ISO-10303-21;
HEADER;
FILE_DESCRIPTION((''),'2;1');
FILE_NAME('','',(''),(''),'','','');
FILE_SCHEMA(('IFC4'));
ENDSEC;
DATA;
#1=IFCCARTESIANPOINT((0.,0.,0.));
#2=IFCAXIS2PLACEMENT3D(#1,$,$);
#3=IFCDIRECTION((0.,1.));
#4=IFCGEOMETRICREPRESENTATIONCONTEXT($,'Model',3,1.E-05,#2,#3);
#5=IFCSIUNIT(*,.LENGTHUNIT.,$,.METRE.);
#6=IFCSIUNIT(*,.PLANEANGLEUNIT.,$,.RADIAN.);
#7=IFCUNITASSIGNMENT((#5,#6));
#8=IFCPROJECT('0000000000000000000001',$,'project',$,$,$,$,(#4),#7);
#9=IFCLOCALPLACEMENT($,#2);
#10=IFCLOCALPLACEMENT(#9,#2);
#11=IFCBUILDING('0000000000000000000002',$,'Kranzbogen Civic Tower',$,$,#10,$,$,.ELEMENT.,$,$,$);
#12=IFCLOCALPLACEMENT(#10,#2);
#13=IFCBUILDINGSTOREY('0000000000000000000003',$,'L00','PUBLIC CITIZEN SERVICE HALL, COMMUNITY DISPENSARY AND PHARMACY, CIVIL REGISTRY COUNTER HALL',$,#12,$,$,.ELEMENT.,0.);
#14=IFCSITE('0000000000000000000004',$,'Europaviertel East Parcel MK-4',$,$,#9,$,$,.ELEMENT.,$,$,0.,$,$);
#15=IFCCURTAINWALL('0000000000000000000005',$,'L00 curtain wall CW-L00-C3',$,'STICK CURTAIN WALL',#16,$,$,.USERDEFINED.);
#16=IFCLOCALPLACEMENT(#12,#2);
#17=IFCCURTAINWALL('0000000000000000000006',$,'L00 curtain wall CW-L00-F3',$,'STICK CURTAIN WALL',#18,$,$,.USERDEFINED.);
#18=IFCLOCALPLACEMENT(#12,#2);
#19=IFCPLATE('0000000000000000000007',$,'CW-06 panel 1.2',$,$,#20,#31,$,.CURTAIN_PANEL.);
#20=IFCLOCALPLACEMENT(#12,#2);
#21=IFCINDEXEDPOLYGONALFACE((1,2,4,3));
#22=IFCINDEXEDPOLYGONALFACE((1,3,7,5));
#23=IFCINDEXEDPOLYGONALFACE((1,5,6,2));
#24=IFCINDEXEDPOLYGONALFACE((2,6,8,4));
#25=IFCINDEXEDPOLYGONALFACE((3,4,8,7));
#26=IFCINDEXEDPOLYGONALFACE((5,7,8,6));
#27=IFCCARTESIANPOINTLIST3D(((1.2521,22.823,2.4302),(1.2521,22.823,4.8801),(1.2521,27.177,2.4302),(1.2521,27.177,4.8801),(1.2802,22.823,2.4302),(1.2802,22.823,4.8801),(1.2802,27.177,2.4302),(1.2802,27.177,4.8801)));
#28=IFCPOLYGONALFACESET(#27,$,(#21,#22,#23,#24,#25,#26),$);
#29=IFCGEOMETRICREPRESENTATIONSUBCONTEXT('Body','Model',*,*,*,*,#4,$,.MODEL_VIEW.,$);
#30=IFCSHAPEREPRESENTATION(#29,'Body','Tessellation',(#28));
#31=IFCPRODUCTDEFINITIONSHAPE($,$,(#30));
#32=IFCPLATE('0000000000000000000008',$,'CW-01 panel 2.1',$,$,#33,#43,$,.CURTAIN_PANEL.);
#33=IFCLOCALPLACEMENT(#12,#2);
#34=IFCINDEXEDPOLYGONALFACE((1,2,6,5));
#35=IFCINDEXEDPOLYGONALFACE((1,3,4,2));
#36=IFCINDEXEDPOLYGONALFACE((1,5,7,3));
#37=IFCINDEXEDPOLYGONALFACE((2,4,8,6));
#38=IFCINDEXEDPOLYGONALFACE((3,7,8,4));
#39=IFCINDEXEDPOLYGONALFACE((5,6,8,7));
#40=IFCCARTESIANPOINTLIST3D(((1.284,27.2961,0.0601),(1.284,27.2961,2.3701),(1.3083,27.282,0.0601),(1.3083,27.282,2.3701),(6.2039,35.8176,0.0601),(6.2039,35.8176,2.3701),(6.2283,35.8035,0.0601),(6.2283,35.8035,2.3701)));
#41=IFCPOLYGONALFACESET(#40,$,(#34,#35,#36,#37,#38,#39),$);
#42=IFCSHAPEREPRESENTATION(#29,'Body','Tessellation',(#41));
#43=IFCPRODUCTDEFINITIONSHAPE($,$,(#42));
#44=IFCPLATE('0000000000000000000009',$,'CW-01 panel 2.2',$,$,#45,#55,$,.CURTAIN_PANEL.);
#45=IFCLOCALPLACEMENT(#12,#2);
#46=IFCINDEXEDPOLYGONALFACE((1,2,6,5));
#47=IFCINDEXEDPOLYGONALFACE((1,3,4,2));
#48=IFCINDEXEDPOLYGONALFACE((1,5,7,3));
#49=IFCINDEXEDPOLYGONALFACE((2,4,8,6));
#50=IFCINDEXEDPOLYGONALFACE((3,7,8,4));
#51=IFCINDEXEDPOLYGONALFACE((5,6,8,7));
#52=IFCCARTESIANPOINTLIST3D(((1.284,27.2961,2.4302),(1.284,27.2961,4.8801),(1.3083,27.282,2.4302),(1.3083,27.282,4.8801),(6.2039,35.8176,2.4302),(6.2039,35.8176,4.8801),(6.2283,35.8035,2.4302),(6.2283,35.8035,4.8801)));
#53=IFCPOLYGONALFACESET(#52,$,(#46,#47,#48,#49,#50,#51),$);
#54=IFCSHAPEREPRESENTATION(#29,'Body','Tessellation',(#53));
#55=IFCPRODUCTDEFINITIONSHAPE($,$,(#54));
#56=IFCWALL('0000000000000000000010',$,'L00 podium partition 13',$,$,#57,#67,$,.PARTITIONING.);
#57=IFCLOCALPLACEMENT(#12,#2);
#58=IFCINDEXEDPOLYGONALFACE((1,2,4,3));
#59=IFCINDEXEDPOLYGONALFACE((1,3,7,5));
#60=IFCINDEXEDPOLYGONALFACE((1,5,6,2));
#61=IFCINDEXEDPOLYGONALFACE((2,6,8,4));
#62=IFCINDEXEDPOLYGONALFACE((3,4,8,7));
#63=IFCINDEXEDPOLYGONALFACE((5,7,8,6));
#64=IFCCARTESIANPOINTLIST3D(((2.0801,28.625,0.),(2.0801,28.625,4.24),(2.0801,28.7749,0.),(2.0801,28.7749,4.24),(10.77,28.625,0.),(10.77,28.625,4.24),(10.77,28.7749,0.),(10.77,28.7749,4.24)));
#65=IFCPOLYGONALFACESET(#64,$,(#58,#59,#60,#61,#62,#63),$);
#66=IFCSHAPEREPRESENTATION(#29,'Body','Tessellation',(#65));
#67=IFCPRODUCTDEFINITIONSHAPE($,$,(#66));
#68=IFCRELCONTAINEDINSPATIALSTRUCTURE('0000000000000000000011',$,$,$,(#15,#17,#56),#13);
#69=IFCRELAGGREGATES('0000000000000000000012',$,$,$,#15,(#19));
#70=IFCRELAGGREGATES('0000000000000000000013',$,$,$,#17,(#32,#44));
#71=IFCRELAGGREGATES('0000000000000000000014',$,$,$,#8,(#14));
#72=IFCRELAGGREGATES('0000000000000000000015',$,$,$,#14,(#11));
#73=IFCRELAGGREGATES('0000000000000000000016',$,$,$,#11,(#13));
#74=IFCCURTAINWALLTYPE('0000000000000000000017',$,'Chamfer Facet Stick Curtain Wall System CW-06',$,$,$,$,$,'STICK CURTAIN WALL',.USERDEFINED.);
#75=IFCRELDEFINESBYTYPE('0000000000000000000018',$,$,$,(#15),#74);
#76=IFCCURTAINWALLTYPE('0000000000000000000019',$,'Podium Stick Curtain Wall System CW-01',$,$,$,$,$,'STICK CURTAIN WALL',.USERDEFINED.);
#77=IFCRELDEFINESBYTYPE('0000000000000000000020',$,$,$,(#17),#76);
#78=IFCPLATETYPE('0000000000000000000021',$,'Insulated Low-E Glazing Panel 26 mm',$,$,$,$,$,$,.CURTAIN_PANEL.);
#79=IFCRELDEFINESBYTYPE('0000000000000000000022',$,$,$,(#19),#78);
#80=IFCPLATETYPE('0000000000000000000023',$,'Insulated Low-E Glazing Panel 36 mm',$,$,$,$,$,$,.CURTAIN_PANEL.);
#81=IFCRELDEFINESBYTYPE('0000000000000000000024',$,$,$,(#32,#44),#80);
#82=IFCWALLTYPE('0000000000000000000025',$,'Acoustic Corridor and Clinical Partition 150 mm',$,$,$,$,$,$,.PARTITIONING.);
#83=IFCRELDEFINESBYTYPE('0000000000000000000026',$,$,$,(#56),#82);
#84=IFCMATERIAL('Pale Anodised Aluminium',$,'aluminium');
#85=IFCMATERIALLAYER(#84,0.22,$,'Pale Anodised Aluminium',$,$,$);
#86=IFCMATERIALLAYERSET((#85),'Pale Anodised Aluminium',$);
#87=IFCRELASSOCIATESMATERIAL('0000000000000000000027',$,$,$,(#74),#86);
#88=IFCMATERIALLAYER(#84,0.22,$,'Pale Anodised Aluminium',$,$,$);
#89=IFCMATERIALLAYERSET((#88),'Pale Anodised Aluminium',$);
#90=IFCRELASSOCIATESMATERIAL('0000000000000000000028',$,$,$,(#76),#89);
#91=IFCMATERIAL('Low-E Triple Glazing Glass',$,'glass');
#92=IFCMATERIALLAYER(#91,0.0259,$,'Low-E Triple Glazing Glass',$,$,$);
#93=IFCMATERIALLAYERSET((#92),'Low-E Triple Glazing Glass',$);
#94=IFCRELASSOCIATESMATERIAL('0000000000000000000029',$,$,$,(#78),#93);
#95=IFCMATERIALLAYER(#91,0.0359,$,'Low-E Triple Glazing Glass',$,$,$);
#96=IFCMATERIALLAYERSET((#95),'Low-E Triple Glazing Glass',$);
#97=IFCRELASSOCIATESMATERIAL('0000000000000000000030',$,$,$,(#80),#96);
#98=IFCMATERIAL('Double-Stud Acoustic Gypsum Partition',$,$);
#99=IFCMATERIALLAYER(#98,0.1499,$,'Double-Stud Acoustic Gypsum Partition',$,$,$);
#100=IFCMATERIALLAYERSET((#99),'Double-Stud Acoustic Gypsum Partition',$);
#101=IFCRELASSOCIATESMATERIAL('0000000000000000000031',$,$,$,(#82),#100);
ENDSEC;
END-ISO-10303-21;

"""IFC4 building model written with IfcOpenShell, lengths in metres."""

from ifc_helpers import new_model, si_unit, direction, frame, frame_2d, origin, origin_2d, place, context, subcontext, project, spatial, rectangle, extrude, material, layer, layer_set, type_object, element, aggregate, save


model = new_model("IFC4")

# Units and contexts
model_context = context("Model", 3, precision=1e-05, world=origin(), true_north=direction((0.0, 1.0)))
body_context = subcontext(model_context, "Body", "Model", "MODEL_VIEW")
ifc_project = project(units=[si_unit("LENGTHUNIT", "METRE"), si_unit("PLANEANGLEUNIT", "RADIAN")], contexts=[model_context])

# Site, building, storey
site_placement = place(None, origin())
site = spatial("IfcSite", under=ifc_project, at=site_placement, Name="Europaviertel East Parcel MK-4", CompositionType="ELEMENT", RefElevation=0.0)
building_placement = place(site_placement, origin())
building = spatial("IfcBuilding", under=site, at=building_placement, Name="Kranzbogen Civic Tower", CompositionType="ELEMENT")
storey_placement = place(building_placement, origin())
storey = spatial("IfcBuildingStorey", under=building, at=storey_placement, Name="L00", Description="PUBLIC CITIZEN SERVICE HALL, COMMUNITY DISPENSARY AND PHARMACY, CIVIL REGISTRY COUNTER HALL", CompositionType="ELEMENT", Elevation=0.0)

# Curtain walls
ifc_material_1 = material(Name="Pale Anodised Aluminium", Category="aluminium")
ifc_layer_1 = layer(ifc_material_1, 0.22, Name="Pale Anodised Aluminium")
ifc_layer_set_1 = layer_set([ifc_layer_1], Name="Pale Anodised Aluminium")
curtain_wall_type_1 = type_object("IfcCurtainWallType", Name="Chamfer Facet Stick Curtain Wall System CW-06", ElementType="STICK CURTAIN WALL", PredefinedType="USERDEFINED", material=ifc_layer_set_1)
curtain_wall_1_placement = place(storey_placement, origin())
curtain_wall_1 = element("IfcCurtainWall", 1, at=curtain_wall_1_placement, inside=storey, type_object=curtain_wall_type_1, Name="L00 curtain wall CW-L00-C3", ObjectType="STICK CURTAIN WALL", PredefinedType="USERDEFINED")
ifc_layer_2 = layer(ifc_material_1, 0.22, Name="Pale Anodised Aluminium")
ifc_layer_set_2 = layer_set([ifc_layer_2], Name="Pale Anodised Aluminium")
curtain_wall_type_2 = type_object("IfcCurtainWallType", Name="Podium Stick Curtain Wall System CW-01", ElementType="STICK CURTAIN WALL", PredefinedType="USERDEFINED", material=ifc_layer_set_2)
curtain_wall_2_placement = place(storey_placement, origin())
curtain_wall_2 = element("IfcCurtainWall", 2, at=curtain_wall_2_placement, inside=storey, type_object=curtain_wall_type_2, Name="L00 curtain wall CW-L00-F3", ObjectType="STICK CURTAIN WALL", PredefinedType="USERDEFINED")

# Plates
ifc_material_2 = material(Name="Low-E Triple Glazing Glass", Category="glass")
ifc_layer_3 = layer(ifc_material_2, 0.0259, Name="Low-E Triple Glazing Glass")
ifc_layer_set_3 = layer_set([ifc_layer_3], Name="Low-E Triple Glazing Glass")
plate_type_1 = type_object("IfcPlateType", Name="Insulated Low-E Glazing Panel 26 mm", PredefinedType="CURTAIN_PANEL", material=ifc_layer_set_3)
plate_1_placement = place(storey_placement, frame((1.2661, 25.0, 2.4302), z_axis=(0.0, 0.0, 1.0), x_axis=(0.0, -1.0, 0.0)))
plate_1 = element("IfcPlate", 3, at=plate_1_placement, type_object=plate_type_1, Name="CW-06 panel 1.2", PredefinedType="CURTAIN_PANEL", context=body_context, shape_type="SweptSolid", body=[
    extrude(rectangle(XDim=4.354, YDim=0.0281, at=origin_2d()), origin(), (0.0, 0.0, 1.0), 2.45),
])
aggregate(curtain_wall_1, [plate_1])
ifc_layer_4 = layer(ifc_material_2, 0.0359, Name="Low-E Triple Glazing Glass")
ifc_layer_set_4 = layer_set([ifc_layer_4], Name="Low-E Triple Glazing Glass")
plate_type_2 = type_object("IfcPlateType", Name="Insulated Low-E Glazing Panel 36 mm", PredefinedType="CURTAIN_PANEL", material=ifc_layer_set_4)
plate_2_placement = place(storey_placement, frame((3.7561, 31.5498, 0.0601), z_axis=(0.0, 0.0, 1.0), x_axis=(-0.500006, -0.866022, 0.0)))
plate_2 = element("IfcPlate", 4, at=plate_2_placement, type_object=plate_type_2, Name="CW-01 panel 2.1", PredefinedType="CURTAIN_PANEL", context=body_context, shape_type="SweptSolid", body=[
    extrude(rectangle(XDim=9.8398, YDim=0.0281, at=origin_2d()), origin(), (0.0, 0.0, 1.0), 2.3101),
])
plate_3_placement = place(storey_placement, frame((3.7561, 31.5498, 2.4302), z_axis=(0.0, 0.0, 1.0), x_axis=(-0.500006, -0.866022, 0.0)))
plate_3 = element("IfcPlate", 5, at=plate_3_placement, type_object=plate_type_2, Name="CW-01 panel 2.2", PredefinedType="CURTAIN_PANEL", context=body_context, shape_type="SweptSolid", body=[
    extrude(rectangle(XDim=9.8398, YDim=0.0281, at=origin_2d()), origin(), (0.0, 0.0, 1.0), 2.45),
])
aggregate(curtain_wall_2, [plate_2, plate_3])

# Wall
ifc_material_3 = material(Name="Double-Stud Acoustic Gypsum Partition")
ifc_layer_5 = layer(ifc_material_3, 0.1499, Name="Double-Stud Acoustic Gypsum Partition")
ifc_layer_set_5 = layer_set([ifc_layer_5], Name="Double-Stud Acoustic Gypsum Partition")
wall_type = type_object("IfcWallType", Name="Acoustic Corridor and Clinical Partition 150 mm", PredefinedType="PARTITIONING", material=ifc_layer_set_5)
wall_placement = place(storey_placement, frame((2.0801, 28.7, 0.0), z_axis=(0.0, 0.0, 1.0), x_axis=(1.0, 0.0, 0.0)))
element("IfcWall", 6, at=wall_placement, inside=storey, type_object=wall_type, Name="L00 podium partition 13", PredefinedType="PARTITIONING", context=body_context, shape_type="SweptSolid", body=[
    extrude(rectangle(XDim=8.6899, YDim=0.1499, at=frame_2d((4.345, 0.0))), origin(), (0.0, 0.0, 1.0), 4.24),
])

save(model, "model.ifc")
